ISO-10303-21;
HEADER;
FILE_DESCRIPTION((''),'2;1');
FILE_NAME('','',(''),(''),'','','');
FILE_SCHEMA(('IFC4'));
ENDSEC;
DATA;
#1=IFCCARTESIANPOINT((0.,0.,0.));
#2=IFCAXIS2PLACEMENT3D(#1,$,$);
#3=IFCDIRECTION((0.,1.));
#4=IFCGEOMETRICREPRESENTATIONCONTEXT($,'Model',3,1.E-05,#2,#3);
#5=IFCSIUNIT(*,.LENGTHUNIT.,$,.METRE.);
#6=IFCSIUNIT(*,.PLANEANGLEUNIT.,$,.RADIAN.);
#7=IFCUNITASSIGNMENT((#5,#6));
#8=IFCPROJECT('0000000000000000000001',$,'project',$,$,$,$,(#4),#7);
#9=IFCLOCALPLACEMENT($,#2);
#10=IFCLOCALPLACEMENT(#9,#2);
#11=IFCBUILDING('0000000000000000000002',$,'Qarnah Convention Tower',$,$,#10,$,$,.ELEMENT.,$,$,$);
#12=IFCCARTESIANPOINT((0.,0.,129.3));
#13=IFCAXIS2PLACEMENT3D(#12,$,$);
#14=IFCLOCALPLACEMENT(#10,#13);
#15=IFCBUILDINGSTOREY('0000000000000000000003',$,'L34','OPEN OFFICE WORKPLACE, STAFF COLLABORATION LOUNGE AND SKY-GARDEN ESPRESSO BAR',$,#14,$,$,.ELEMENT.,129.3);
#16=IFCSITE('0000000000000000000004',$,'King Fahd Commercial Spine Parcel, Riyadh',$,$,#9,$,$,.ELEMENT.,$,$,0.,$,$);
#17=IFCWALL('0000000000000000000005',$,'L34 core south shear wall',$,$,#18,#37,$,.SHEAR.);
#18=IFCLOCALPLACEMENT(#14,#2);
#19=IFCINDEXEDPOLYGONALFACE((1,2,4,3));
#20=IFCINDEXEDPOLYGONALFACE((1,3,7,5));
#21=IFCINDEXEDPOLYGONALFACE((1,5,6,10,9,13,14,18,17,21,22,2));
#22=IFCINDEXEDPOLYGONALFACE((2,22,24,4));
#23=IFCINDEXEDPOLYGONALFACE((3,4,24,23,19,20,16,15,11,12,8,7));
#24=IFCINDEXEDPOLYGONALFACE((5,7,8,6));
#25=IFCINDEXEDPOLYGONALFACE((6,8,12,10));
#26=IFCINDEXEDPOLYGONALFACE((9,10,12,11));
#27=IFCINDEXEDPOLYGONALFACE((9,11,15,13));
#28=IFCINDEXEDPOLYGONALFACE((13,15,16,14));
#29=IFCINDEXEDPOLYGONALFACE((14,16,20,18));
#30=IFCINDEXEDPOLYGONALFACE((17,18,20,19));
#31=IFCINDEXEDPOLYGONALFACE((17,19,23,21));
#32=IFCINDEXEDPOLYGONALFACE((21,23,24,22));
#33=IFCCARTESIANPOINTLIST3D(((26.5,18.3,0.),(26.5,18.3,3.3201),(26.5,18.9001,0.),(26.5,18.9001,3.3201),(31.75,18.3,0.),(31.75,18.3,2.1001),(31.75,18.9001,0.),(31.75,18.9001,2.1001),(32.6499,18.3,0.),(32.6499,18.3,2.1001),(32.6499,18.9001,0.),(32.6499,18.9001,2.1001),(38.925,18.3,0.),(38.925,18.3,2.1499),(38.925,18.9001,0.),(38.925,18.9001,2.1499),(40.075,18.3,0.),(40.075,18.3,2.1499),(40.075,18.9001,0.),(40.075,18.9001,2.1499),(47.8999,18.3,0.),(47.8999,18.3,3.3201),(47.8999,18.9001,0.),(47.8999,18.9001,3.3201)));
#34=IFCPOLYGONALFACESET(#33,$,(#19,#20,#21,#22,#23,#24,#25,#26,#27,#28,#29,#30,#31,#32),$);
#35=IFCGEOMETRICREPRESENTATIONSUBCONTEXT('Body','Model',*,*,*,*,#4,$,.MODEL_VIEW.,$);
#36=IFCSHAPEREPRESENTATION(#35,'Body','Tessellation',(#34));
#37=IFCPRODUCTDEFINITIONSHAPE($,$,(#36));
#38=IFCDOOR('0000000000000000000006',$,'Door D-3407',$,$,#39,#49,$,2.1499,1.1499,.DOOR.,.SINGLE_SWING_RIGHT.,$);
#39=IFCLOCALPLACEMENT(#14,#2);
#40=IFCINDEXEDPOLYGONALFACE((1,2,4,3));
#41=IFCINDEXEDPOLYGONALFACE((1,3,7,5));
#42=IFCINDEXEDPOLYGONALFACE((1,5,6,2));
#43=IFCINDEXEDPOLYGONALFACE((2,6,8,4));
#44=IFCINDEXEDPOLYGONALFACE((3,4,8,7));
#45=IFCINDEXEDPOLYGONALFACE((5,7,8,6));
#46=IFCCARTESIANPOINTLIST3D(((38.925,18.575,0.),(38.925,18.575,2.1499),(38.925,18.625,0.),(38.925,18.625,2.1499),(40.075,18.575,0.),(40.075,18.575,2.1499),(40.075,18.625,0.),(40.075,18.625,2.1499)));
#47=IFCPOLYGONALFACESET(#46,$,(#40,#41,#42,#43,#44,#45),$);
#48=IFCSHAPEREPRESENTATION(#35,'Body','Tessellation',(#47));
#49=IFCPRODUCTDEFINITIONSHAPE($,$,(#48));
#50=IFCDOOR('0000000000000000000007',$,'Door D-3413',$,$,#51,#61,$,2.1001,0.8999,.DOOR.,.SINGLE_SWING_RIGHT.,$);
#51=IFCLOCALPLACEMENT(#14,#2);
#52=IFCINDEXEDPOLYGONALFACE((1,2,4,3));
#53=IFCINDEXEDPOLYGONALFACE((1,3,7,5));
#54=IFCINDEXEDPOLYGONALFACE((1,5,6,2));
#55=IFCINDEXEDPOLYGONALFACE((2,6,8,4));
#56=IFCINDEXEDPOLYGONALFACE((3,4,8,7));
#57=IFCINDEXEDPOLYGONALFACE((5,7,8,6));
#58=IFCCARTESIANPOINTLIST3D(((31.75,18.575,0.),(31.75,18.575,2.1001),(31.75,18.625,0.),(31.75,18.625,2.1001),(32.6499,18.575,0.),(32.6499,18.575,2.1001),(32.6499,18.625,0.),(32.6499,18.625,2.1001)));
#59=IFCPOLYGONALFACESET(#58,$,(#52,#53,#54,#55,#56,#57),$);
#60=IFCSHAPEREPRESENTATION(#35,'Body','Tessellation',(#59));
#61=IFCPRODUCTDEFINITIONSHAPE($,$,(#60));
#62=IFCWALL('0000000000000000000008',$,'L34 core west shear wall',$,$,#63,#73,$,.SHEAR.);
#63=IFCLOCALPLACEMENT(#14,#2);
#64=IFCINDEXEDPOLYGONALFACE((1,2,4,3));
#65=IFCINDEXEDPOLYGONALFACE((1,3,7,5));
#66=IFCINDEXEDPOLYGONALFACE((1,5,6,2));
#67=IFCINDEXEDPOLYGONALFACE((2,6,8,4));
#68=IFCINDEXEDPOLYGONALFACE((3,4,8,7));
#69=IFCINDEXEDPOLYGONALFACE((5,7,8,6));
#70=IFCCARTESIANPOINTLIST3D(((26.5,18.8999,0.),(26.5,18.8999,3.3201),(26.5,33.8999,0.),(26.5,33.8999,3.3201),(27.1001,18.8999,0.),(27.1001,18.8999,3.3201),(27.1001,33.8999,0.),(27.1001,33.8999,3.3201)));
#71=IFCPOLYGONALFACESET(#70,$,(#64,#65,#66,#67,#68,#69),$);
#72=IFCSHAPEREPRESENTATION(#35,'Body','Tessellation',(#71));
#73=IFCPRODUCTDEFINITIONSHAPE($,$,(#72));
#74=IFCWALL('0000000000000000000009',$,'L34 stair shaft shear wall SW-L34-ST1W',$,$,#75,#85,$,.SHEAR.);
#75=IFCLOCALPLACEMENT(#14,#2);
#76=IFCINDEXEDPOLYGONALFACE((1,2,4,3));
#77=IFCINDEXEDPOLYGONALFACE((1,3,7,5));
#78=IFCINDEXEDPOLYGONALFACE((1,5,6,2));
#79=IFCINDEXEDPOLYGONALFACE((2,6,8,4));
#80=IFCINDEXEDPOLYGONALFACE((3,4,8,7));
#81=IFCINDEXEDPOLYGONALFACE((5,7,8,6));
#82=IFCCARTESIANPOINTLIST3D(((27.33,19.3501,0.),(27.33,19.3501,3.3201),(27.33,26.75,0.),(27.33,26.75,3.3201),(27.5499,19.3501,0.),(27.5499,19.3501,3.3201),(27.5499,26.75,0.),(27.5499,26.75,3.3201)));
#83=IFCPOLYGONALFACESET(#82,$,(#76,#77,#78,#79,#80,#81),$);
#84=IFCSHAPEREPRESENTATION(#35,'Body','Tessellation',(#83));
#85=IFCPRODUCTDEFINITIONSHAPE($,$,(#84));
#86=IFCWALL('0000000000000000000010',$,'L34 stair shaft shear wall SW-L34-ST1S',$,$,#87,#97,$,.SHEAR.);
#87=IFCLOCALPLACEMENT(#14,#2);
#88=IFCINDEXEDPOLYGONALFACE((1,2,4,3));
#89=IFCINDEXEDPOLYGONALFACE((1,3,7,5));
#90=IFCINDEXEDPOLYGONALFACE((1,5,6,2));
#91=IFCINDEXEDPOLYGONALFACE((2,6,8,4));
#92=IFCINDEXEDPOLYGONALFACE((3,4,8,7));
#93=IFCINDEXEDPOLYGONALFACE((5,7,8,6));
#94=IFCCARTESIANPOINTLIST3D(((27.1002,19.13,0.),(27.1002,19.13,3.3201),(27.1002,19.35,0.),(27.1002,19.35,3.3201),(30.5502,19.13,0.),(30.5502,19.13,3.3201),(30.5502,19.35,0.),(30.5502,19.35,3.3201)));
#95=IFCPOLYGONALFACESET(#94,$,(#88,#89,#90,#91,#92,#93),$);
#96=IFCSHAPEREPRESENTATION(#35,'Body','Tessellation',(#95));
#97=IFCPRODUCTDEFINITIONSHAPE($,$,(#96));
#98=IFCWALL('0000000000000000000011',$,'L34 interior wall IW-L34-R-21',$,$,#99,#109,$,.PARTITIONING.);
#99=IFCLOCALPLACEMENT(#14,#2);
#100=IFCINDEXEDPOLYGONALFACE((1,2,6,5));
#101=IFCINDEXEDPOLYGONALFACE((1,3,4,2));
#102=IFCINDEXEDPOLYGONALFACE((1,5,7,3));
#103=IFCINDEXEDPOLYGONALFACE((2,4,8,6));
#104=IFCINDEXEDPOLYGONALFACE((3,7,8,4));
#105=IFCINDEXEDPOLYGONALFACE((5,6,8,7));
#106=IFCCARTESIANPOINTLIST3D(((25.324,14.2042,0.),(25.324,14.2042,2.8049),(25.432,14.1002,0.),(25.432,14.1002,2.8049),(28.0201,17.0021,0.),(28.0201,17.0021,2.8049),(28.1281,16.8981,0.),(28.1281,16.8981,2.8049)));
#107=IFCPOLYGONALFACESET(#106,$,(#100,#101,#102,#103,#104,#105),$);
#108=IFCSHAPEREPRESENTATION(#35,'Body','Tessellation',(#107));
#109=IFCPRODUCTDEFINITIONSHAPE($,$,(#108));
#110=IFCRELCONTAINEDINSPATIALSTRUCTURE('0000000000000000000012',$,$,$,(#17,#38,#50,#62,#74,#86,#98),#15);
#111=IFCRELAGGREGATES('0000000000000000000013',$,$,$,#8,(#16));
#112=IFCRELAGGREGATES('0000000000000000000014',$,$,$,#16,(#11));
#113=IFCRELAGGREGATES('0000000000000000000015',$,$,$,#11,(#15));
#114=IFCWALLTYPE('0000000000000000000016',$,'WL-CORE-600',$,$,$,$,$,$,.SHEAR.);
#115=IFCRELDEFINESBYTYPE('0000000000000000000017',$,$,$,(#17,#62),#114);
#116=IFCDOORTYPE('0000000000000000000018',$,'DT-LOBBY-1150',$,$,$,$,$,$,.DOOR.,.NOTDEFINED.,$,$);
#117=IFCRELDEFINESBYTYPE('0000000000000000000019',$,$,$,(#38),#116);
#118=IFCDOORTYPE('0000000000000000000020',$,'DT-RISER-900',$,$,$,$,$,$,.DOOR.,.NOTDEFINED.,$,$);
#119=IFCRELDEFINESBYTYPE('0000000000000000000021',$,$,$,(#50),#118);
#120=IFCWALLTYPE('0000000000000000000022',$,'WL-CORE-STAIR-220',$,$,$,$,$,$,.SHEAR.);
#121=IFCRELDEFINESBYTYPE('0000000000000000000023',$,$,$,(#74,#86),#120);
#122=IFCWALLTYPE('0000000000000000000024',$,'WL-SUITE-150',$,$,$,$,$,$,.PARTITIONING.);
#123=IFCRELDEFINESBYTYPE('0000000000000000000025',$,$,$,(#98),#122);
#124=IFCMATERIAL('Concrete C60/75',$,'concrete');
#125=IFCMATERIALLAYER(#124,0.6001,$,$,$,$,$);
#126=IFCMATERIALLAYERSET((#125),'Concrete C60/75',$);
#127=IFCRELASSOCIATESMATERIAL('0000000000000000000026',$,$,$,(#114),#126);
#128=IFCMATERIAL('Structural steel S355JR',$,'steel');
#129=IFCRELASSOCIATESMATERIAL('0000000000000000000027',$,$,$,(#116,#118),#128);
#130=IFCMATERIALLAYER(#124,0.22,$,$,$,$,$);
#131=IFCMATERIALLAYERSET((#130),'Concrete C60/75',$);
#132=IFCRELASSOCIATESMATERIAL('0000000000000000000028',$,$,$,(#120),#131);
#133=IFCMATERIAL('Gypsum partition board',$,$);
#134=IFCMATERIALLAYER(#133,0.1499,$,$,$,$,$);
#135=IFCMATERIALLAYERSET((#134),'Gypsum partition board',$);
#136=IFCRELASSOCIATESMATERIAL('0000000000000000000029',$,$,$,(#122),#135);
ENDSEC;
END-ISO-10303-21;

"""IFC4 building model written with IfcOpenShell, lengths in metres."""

from ifc_helpers import new_model, si_unit, direction, frame, frame_2d, origin, place, context, subcontext, project, spatial, rectangle, extrude, material, layer, layer_set, type_object, element, fill, save


model = new_model("IFC4")

# Units and contexts
model_context = context("Model", 3, precision=1e-05, world=origin(), true_north=direction((0.0, 1.0)))
body_context = subcontext(model_context, "Body", "Model", "MODEL_VIEW")
ifc_project = project(units=[si_unit("LENGTHUNIT", "METRE"), si_unit("PLANEANGLEUNIT", "RADIAN")], contexts=[model_context])

# Site, building, storey
site_placement = place(None, origin())
site = spatial("IfcSite", under=ifc_project, at=site_placement, Name="King Fahd Commercial Spine Parcel, Riyadh", CompositionType="ELEMENT", RefElevation=0.0)
building_placement = place(site_placement, origin())
building = spatial("IfcBuilding", under=site, at=building_placement, Name="Qarnah Convention Tower", CompositionType="ELEMENT")
storey_placement = place(building_placement, frame((0.0, 0.0, 129.3)))
storey = spatial("IfcBuildingStorey", under=building, at=storey_placement, Name="L34", Description="OPEN OFFICE WORKPLACE, STAFF COLLABORATION LOUNGE AND SKY-GARDEN ESPRESSO BAR", CompositionType="ELEMENT", Elevation=129.3)

# Shared definitions
ifc_material_1 = material(Name="Concrete C60/75", Category="concrete")

# Shared definitions
ifc_material_2 = material(Name="Structural steel S355JR", Category="steel")

# Wall, openings, doors
ifc_layer_1 = layer(ifc_material_1, 0.6001)
ifc_layer_set_1 = layer_set([ifc_layer_1], Name="Concrete C60/75")
wall_type_1 = type_object("IfcWallType", Name="WL-CORE-600", PredefinedType="SHEAR", material=ifc_layer_set_1)
wall_1_placement = place(storey_placement, frame((26.5, 18.6001, 0.0), z_axis=(0.0, 0.0, 1.0), x_axis=(1.0, 0.0, 0.0)))
wall_1 = element("IfcWall", 1, at=wall_1_placement, inside=storey, type_object=wall_type_1, Name="L34 core south shear wall", PredefinedType="SHEAR", context=body_context, shape_type="SweptSolid", body=[
    extrude(rectangle(XDim=21.3999, YDim=0.6001, at=frame_2d((10.7, 0.0))), origin(), (0.0, 0.0, 1.0), 3.3201),
])
opening_1_placement = place(wall_1_placement, frame((12.425, 0.0, 0.0)))
opening_1 = element("IfcOpeningElement", 2, at=opening_1_placement, cuts=wall_1, PredefinedType="OPENING", context=body_context, shape_type="SweptSolid", body=[
    extrude(rectangle(XDim=1.1499, YDim=2.1499, at=frame_2d((0.575, 1.075))), frame((0.0, 0.3101, 0.0), z_axis=(0.0, -1.0, 0.0), x_axis=(1.0, 0.0, 0.0)), (0.0, 0.0, 1.0), 0.6201),
])
opening_2_placement = place(wall_1_placement, frame((5.25, 0.0, 0.0)))
opening_2 = element("IfcOpeningElement", 3, at=opening_2_placement, cuts=wall_1, PredefinedType="OPENING", context=body_context, shape_type="SweptSolid", body=[
    extrude(rectangle(XDim=0.8999, YDim=2.1001, at=frame_2d((0.45, 1.05))), frame((0.0, 0.3101, 0.0), z_axis=(0.0, -1.0, 0.0), x_axis=(1.0, 0.0, 0.0)), (0.0, 0.0, 1.0), 0.6201),
])
door_type_1 = type_object("IfcDoorType", Name="DT-LOBBY-1150", OperationType="NOTDEFINED", PredefinedType="DOOR", material=ifc_material_2)
door_1_placement = place(opening_1_placement, origin())
door_1 = element("IfcDoor", 4, at=door_1_placement, inside=storey, type_object=door_type_1, Name="Door D-3407", OperationType="SINGLE_SWING_RIGHT", OverallHeight=2.1499, OverallWidth=1.1499, PredefinedType="DOOR", context=body_context, shape_type="SweptSolid", body=[
    extrude(rectangle(XDim=1.1499, YDim=2.1499, at=frame_2d((0.575, 1.075))), frame((0.0, 0.0249, 0.0), z_axis=(0.0, -1.0, 0.0), x_axis=(1.0, 0.0, 0.0)), (0.0, 0.0, 1.0), 0.05),
])
fill(opening_1, door_1)
door_type_2 = type_object("IfcDoorType", Name="DT-RISER-900", OperationType="NOTDEFINED", PredefinedType="DOOR", material=ifc_material_2)
door_2_placement = place(opening_2_placement, origin())
door_2 = element("IfcDoor", 5, at=door_2_placement, inside=storey, type_object=door_type_2, Name="Door D-3413", OperationType="SINGLE_SWING_RIGHT", OverallHeight=2.1001, OverallWidth=0.8999, PredefinedType="DOOR", context=body_context, shape_type="SweptSolid", body=[
    extrude(rectangle(XDim=0.8999, YDim=2.1001, at=frame_2d((0.45, 1.05))), frame((0.0, 0.0249, 0.0), z_axis=(0.0, -1.0, 0.0), x_axis=(1.0, 0.0, 0.0)), (0.0, 0.0, 1.0), 0.05),
])
fill(opening_2, door_2)

# Walls
wall_2_placement = place(storey_placement, frame((26.8, 18.8999, 0.0), z_axis=(0.0, 0.0, 1.0), x_axis=(0.0, 1.0, 0.0)))
element("IfcWall", 6, at=wall_2_placement, inside=storey, type_object=wall_type_1, Name="L34 core west shear wall", PredefinedType="SHEAR", context=body_context, shape_type="SweptSolid", body=[
    extrude(rectangle(XDim=15.0, YDim=0.6001, at=frame_2d((7.5, 0.0))), origin(), (0.0, 0.0, 1.0), 3.3201),
])
ifc_layer_2 = layer(ifc_material_1, 0.22)
ifc_layer_set_2 = layer_set([ifc_layer_2], Name="Concrete C60/75")
wall_type_2 = type_object("IfcWallType", Name="WL-CORE-STAIR-220", PredefinedType="SHEAR", material=ifc_layer_set_2)
wall_3_placement = place(storey_placement, frame((27.4399, 19.3501, 0.0), z_axis=(0.0, 0.0, 1.0), x_axis=(0.0, 1.0, 0.0)))
element("IfcWall", 7, at=wall_3_placement, inside=storey, type_object=wall_type_2, Name="L34 stair shaft shear wall SW-L34-ST1W", PredefinedType="SHEAR", context=body_context, shape_type="SweptSolid", body=[
    extrude(rectangle(XDim=7.3999, YDim=0.22, at=frame_2d((3.7, 0.0))), origin(), (0.0, 0.0, 1.0), 3.3201),
])
wall_4_placement = place(storey_placement, frame((27.1001, 19.24, 0.0), z_axis=(0.0, 0.0, 1.0), x_axis=(1.0, 0.0, 0.0)))
element("IfcWall", 8, at=wall_4_placement, inside=storey, type_object=wall_type_2, Name="L34 stair shaft shear wall SW-L34-ST1S", PredefinedType="SHEAR", context=body_context, shape_type="SweptSolid", body=[
    extrude(rectangle(XDim=3.45, YDim=0.22, at=frame_2d((1.7251, 0.0))), origin(), (0.0, 0.0, 1.0), 3.3201),
])
ifc_material_3 = material(Name="Gypsum partition board")
ifc_layer_3 = layer(ifc_material_3, 0.1499)
ifc_layer_set_3 = layer_set([ifc_layer_3], Name="Gypsum partition board")
wall_type_3 = type_object("IfcWallType", Name="WL-SUITE-150", PredefinedType="PARTITIONING", material=ifc_layer_set_3)
wall_5_placement = place(storey_placement, frame((25.3779, 14.1521, 0.0), z_axis=(0.0, 0.0, 1.0), x_axis=(0.693884, 0.720086, 0.0)))
element("IfcWall", 9, at=wall_5_placement, inside=storey, type_object=wall_type_3, Name="L34 interior wall IW-L34-R-21", PredefinedType="PARTITIONING", context=body_context, shape_type="SweptSolid", body=[
    extrude(rectangle(XDim=3.8855, YDim=0.1499, at=frame_2d((1.9429, 0.0))), origin(), (0.0, 0.0, 1.0), 2.8049),
])

save(model, "model.ifc")
